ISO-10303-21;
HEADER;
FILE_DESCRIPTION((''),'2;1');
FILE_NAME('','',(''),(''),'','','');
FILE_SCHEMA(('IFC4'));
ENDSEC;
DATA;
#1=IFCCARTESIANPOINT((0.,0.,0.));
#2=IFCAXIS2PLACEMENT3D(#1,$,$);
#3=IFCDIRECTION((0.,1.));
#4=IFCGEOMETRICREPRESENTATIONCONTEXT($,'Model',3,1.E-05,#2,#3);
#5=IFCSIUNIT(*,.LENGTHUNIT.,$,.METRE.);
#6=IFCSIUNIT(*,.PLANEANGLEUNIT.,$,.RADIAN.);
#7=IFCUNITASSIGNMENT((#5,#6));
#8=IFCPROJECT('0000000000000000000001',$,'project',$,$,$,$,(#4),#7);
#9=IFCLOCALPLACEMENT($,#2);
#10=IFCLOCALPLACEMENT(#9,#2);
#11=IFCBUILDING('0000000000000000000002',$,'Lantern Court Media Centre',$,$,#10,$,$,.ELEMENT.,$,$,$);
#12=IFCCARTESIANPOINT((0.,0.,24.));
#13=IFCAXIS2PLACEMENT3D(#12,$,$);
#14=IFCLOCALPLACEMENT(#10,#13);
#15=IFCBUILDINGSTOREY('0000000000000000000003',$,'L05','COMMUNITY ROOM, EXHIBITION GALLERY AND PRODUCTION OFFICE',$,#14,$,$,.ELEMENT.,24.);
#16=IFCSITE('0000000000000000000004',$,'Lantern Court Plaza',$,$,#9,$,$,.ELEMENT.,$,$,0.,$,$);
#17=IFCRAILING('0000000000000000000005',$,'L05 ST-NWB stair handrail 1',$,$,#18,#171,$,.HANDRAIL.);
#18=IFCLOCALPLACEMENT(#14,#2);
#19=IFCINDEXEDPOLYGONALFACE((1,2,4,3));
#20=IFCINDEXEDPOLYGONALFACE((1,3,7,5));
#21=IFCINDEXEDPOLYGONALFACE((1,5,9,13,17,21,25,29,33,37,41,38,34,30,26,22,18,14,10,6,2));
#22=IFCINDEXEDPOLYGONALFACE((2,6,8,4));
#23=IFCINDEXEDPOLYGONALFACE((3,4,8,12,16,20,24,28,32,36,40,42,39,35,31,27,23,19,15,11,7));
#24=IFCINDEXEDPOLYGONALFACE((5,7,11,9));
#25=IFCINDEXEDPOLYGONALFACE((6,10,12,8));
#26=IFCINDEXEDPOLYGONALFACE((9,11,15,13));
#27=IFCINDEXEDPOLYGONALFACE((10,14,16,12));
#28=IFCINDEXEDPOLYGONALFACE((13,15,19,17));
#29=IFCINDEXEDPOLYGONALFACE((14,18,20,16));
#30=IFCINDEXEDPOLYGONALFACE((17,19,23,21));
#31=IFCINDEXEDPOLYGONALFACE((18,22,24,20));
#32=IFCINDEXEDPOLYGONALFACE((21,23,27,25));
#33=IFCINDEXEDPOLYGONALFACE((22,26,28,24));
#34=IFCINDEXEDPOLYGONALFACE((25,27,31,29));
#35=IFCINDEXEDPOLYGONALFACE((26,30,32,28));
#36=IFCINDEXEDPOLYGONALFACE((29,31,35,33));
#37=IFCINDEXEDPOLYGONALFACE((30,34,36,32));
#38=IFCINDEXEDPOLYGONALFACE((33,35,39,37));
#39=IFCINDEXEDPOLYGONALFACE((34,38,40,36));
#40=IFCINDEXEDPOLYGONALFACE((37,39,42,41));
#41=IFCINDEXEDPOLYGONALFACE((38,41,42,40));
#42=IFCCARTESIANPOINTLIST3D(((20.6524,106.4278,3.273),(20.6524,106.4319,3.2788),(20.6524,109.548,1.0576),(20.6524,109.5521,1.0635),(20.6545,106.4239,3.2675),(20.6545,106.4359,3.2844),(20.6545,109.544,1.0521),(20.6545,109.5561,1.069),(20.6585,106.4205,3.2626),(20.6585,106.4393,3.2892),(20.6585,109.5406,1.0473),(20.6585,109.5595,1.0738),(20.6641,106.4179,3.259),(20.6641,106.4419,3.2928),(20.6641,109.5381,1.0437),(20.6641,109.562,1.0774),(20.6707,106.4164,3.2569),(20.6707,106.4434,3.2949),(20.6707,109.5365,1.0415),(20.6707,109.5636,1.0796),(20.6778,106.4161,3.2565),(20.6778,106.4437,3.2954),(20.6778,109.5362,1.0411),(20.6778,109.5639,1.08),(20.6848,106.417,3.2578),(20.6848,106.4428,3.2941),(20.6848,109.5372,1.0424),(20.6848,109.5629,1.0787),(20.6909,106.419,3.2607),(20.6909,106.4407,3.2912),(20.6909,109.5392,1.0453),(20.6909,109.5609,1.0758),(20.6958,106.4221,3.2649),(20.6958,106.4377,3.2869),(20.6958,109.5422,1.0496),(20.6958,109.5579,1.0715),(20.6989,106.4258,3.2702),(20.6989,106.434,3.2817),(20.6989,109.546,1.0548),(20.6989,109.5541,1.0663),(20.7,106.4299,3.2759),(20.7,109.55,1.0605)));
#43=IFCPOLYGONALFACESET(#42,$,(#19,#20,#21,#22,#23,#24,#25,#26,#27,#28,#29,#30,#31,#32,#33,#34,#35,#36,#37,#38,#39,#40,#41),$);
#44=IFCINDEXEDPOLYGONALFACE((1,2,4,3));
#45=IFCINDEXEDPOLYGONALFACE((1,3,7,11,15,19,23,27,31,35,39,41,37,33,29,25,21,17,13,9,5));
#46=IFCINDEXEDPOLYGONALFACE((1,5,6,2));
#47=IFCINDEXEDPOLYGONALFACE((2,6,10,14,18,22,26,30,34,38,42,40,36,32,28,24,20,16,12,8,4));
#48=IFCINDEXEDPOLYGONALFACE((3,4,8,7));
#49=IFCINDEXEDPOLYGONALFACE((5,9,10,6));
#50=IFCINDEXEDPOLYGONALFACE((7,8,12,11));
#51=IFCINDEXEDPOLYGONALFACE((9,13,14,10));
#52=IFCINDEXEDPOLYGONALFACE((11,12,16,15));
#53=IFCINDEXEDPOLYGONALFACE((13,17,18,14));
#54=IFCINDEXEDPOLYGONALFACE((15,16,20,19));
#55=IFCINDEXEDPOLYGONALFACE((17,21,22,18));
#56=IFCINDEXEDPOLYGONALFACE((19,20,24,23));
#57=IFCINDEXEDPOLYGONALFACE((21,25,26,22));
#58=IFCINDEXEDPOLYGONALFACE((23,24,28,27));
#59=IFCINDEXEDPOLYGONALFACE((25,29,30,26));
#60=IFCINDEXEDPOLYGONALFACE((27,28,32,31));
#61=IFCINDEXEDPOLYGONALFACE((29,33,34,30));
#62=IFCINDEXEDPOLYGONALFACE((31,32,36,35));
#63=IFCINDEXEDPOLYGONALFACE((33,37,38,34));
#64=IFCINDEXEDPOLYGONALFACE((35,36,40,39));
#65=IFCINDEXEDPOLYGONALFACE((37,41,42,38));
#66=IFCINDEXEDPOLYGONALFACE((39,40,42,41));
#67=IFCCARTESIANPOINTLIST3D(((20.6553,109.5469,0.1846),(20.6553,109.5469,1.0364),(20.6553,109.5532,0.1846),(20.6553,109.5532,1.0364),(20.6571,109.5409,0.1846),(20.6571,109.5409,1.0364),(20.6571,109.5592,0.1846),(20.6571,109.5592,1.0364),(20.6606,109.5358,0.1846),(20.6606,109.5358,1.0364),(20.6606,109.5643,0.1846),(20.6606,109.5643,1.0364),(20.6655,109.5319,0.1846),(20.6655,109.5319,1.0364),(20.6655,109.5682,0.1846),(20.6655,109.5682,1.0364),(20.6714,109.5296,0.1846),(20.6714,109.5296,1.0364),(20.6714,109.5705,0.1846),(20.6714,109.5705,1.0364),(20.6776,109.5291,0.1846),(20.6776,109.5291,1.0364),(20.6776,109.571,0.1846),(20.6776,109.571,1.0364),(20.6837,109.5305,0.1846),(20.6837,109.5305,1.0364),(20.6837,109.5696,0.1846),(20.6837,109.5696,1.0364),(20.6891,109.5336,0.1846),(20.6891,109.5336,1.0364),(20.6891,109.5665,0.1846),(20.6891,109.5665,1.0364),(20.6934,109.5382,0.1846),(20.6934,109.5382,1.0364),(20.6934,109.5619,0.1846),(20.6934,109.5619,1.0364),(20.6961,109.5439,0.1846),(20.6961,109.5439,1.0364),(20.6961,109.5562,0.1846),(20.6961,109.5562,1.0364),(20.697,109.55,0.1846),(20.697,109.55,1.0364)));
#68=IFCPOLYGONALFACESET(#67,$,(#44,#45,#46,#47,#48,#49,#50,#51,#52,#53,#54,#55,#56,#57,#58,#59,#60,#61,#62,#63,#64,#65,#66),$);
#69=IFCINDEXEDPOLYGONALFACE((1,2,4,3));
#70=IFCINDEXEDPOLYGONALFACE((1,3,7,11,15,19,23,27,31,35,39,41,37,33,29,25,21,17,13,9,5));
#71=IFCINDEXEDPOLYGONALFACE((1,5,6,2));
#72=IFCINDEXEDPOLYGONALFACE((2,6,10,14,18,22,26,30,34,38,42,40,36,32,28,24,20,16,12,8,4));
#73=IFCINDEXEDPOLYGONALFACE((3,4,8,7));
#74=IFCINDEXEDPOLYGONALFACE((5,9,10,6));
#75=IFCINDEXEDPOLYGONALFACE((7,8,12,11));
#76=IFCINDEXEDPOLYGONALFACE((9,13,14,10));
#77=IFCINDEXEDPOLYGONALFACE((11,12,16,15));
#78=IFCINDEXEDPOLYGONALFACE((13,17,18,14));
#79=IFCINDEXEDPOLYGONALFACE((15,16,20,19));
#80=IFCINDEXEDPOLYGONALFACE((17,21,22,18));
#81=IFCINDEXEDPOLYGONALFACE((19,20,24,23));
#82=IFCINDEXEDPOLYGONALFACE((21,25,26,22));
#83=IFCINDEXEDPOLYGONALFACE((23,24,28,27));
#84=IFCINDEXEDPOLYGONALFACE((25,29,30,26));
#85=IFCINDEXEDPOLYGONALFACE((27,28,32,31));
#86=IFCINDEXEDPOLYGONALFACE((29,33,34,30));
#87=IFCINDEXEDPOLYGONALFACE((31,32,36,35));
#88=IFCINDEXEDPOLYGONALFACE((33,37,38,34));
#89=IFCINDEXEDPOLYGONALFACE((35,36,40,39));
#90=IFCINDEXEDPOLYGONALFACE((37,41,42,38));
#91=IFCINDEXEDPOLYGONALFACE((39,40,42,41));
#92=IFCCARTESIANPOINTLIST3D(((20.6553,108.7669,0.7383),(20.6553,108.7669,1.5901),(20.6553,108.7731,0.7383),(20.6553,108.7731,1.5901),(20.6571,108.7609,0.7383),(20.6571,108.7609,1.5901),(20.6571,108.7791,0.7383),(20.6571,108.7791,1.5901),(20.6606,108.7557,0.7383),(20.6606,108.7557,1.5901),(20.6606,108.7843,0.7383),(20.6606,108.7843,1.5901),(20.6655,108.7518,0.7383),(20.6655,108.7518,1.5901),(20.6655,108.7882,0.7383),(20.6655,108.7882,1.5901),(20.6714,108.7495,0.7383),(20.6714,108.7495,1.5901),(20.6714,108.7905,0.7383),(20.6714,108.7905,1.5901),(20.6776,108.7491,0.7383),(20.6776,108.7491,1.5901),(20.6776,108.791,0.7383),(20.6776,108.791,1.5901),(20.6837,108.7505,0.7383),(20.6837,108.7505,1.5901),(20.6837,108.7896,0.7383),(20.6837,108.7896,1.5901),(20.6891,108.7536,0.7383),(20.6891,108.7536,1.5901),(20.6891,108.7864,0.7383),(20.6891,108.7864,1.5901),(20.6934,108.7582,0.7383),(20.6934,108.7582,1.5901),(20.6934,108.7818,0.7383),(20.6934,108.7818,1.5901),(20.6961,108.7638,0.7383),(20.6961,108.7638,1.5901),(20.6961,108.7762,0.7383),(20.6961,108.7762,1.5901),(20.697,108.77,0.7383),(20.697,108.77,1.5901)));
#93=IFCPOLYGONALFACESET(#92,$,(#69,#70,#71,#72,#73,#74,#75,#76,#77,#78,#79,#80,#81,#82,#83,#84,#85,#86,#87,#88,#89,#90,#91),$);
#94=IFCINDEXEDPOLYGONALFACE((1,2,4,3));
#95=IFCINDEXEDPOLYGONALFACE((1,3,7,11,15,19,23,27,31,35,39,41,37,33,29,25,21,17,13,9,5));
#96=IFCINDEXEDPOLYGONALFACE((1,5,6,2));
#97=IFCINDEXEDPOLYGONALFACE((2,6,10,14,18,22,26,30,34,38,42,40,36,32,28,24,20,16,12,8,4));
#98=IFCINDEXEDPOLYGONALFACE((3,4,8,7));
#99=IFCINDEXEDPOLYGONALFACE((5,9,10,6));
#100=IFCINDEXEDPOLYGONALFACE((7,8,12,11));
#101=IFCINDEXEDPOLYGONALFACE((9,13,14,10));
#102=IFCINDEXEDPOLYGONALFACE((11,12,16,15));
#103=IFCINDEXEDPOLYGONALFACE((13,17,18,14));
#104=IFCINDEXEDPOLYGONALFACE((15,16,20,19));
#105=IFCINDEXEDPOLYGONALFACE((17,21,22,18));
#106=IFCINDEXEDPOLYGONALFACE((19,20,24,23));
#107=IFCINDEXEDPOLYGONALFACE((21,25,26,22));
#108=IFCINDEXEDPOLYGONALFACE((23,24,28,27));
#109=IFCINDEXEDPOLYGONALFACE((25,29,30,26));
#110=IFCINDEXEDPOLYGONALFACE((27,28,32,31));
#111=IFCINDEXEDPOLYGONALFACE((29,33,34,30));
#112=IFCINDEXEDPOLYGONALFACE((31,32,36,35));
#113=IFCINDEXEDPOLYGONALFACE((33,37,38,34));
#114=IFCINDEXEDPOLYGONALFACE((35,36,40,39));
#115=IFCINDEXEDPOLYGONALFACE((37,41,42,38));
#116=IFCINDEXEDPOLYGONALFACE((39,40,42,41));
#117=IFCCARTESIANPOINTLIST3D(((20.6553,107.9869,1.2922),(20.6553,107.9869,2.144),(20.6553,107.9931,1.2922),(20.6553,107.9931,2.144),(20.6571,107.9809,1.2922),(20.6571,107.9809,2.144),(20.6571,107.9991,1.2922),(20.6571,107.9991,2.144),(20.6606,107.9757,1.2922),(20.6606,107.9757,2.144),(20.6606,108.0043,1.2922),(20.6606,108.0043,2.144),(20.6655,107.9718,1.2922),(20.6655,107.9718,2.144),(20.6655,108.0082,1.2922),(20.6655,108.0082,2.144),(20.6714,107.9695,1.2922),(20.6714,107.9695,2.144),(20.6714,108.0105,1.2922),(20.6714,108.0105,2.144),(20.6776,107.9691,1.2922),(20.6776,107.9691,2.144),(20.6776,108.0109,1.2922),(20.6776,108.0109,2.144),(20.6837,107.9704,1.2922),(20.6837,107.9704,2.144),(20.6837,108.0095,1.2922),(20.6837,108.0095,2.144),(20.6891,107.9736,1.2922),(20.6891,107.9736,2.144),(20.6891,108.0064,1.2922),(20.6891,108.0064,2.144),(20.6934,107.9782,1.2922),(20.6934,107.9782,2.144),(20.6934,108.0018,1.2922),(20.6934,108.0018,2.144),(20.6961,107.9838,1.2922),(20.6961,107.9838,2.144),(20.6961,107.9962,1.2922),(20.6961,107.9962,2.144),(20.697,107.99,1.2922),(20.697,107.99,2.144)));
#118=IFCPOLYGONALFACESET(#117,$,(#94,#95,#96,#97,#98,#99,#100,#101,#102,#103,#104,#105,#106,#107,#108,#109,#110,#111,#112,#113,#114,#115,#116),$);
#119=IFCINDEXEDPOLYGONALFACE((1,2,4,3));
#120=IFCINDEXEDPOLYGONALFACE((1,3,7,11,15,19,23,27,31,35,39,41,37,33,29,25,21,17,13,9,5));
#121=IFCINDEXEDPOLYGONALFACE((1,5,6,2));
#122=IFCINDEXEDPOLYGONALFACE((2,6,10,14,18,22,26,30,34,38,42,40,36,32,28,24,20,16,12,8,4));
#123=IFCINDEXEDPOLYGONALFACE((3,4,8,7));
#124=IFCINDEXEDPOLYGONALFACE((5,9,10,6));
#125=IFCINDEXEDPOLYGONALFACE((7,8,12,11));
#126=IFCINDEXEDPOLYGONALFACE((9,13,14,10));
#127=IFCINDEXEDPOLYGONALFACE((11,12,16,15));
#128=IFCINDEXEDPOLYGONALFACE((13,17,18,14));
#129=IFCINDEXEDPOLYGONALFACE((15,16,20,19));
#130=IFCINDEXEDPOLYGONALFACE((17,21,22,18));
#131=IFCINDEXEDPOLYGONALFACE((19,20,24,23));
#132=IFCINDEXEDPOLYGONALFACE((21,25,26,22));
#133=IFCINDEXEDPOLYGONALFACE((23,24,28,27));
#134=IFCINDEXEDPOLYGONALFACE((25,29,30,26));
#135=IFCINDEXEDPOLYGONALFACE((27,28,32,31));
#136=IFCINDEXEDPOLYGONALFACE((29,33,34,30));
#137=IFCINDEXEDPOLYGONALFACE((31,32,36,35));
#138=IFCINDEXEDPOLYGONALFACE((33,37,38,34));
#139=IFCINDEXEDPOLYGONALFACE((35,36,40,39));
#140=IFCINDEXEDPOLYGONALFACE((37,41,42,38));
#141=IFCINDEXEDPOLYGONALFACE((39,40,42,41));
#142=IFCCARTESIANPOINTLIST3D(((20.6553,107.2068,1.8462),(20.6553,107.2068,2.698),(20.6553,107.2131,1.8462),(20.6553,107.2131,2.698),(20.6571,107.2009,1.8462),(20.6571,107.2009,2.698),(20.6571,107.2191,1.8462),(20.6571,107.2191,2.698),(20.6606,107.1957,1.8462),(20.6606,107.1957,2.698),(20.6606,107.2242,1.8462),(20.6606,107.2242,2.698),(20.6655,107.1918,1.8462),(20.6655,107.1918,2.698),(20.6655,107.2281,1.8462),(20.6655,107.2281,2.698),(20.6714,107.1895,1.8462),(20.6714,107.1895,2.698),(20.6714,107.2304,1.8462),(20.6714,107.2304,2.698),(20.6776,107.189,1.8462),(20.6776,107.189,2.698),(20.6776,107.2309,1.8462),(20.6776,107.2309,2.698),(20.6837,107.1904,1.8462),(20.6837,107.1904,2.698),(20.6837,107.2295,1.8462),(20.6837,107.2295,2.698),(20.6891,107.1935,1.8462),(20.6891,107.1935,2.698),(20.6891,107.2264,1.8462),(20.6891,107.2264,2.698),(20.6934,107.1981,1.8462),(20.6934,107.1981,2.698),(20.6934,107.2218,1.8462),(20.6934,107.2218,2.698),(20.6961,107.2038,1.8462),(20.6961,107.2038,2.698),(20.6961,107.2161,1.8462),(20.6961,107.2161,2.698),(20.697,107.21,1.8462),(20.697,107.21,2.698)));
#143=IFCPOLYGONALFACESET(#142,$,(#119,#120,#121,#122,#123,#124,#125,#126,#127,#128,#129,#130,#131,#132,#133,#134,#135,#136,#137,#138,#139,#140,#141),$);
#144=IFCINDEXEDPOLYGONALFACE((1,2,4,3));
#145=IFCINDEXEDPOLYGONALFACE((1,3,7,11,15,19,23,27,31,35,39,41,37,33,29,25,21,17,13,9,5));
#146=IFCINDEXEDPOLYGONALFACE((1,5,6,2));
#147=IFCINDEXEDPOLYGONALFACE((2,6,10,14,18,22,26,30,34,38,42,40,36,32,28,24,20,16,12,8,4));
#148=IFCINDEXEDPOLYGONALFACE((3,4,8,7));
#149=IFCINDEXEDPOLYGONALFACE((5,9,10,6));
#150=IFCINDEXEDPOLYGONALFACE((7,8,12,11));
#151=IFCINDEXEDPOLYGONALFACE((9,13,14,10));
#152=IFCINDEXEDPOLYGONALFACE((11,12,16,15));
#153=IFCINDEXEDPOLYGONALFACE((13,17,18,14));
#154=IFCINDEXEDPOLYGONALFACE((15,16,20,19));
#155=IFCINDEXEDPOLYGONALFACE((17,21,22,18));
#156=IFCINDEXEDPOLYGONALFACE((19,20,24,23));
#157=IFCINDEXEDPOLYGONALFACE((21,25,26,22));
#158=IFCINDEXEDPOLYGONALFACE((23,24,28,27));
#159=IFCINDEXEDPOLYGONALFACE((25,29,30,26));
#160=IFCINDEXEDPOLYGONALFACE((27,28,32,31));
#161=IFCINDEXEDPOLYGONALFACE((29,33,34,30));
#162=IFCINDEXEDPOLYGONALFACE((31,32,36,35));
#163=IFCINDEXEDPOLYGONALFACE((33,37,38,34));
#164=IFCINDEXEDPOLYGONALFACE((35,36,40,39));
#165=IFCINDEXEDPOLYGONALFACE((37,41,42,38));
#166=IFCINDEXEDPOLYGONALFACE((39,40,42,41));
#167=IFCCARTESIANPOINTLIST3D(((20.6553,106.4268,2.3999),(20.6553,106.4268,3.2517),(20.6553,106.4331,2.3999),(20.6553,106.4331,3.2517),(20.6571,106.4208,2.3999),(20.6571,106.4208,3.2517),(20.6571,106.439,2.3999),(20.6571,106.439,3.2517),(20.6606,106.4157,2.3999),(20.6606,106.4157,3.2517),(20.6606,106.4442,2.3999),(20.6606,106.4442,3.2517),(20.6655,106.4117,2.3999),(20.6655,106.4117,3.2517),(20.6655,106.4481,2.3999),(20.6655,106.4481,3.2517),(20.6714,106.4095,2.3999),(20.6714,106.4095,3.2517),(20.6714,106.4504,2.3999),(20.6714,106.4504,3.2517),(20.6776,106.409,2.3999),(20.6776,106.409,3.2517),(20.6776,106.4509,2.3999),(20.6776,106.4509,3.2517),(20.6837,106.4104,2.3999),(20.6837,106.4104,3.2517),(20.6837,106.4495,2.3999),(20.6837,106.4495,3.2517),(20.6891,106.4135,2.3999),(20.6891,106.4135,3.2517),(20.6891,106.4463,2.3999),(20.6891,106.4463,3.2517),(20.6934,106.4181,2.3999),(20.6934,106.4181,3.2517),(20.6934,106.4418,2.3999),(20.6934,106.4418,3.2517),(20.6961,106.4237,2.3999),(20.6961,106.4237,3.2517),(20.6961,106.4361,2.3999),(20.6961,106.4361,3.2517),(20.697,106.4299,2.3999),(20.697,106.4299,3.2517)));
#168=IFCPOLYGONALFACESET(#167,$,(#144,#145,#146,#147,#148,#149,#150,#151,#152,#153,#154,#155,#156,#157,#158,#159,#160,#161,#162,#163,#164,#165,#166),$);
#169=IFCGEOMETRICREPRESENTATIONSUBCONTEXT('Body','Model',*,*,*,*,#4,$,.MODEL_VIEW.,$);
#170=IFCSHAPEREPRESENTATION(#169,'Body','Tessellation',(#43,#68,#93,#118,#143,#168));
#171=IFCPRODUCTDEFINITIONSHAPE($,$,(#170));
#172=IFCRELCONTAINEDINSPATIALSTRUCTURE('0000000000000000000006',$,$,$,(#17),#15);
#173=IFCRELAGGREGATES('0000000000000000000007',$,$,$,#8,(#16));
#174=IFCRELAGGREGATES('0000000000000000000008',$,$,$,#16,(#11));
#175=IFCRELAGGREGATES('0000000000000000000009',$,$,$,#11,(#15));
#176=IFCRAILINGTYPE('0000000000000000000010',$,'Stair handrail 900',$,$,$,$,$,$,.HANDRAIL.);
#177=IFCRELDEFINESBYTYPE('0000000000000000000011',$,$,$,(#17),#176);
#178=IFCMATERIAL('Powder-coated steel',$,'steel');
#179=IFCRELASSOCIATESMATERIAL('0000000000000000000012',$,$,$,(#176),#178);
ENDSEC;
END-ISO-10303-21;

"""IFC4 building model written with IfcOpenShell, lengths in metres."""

from ifc_helpers import new_model, si_unit, direction, frame, origin, origin_2d, place, context, subcontext, project, spatial, circle, extrude, material, type_object, element, save


model = new_model("IFC4")

# Units and contexts
model_context = context("Model", 3, precision=1e-05, world=origin(), true_north=direction((0.0, 1.0)))
body_context = subcontext(model_context, "Body", "Model", "MODEL_VIEW")
ifc_project = project(units=[si_unit("LENGTHUNIT", "METRE"), si_unit("PLANEANGLEUNIT", "RADIAN")], contexts=[model_context])

# Site, building, storey
site_placement = place(None, origin())
site = spatial("IfcSite", under=ifc_project, at=site_placement, Name="Lantern Court Plaza", CompositionType="ELEMENT", RefElevation=0.0)
building_placement = place(site_placement, origin())
building = spatial("IfcBuilding", under=site, at=building_placement, Name="Lantern Court Media Centre", CompositionType="ELEMENT")
storey_placement = place(building_placement, frame((0.0, 0.0, 24.0)))
storey = spatial("IfcBuildingStorey", under=building, at=storey_placement, Name="L05", Description="COMMUNITY ROOM, EXHIBITION GALLERY AND PRODUCTION OFFICE", CompositionType="ELEMENT", Elevation=24.0)

# Shared definitions
ifc_material_1 = material(Name="Powder-coated steel", Category="steel")

# Railing
railing_type_1 = type_object("IfcRailingType", Name="Stair handrail 900", PredefinedType="HANDRAIL", material=ifc_material_1)
railing_1_placement = place(storey_placement, frame((20.676, 109.55, 0.1846)))
element("IfcRailing", 1, at=railing_1_placement, inside=storey, type_object=railing_type_1, Name="L05 ST-NWB stair handrail 1", PredefinedType="HANDRAIL", context=body_context, shape_type="SweptSolid", body=[
    extrude(circle(Radius=0.0239, at=origin_2d()), frame((0.0, 0.0, 0.876), z_axis=(0.0, -0.815377, 0.57893), x_axis=(1.0, 0.0, 0.0)), (0.0, 0.0, 1.0), 3.8267),
    extrude(circle(Radius=0.021, at=origin_2d()), origin(), (0.0, 0.0, 1.0), 0.8518),
    extrude(circle(Radius=0.021, at=origin_2d()), frame((0.0, -0.78, 0.5537)), (0.0, 0.0, 1.0), 0.8518),
    extrude(circle(Radius=0.021, at=origin_2d()), frame((0.0, -1.5601, 1.1077)), (0.0, 0.0, 1.0), 0.8518),
    extrude(circle(Radius=0.021, at=origin_2d()), frame((0.0, -2.3401, 1.6616)), (0.0, 0.0, 1.0), 0.8518),
    extrude(circle(Radius=0.021, at=origin_2d()), frame((0.0, -3.1201, 2.2153)), (0.0, 0.0, 1.0), 0.8518),
])

save(model, "model.ifc")
